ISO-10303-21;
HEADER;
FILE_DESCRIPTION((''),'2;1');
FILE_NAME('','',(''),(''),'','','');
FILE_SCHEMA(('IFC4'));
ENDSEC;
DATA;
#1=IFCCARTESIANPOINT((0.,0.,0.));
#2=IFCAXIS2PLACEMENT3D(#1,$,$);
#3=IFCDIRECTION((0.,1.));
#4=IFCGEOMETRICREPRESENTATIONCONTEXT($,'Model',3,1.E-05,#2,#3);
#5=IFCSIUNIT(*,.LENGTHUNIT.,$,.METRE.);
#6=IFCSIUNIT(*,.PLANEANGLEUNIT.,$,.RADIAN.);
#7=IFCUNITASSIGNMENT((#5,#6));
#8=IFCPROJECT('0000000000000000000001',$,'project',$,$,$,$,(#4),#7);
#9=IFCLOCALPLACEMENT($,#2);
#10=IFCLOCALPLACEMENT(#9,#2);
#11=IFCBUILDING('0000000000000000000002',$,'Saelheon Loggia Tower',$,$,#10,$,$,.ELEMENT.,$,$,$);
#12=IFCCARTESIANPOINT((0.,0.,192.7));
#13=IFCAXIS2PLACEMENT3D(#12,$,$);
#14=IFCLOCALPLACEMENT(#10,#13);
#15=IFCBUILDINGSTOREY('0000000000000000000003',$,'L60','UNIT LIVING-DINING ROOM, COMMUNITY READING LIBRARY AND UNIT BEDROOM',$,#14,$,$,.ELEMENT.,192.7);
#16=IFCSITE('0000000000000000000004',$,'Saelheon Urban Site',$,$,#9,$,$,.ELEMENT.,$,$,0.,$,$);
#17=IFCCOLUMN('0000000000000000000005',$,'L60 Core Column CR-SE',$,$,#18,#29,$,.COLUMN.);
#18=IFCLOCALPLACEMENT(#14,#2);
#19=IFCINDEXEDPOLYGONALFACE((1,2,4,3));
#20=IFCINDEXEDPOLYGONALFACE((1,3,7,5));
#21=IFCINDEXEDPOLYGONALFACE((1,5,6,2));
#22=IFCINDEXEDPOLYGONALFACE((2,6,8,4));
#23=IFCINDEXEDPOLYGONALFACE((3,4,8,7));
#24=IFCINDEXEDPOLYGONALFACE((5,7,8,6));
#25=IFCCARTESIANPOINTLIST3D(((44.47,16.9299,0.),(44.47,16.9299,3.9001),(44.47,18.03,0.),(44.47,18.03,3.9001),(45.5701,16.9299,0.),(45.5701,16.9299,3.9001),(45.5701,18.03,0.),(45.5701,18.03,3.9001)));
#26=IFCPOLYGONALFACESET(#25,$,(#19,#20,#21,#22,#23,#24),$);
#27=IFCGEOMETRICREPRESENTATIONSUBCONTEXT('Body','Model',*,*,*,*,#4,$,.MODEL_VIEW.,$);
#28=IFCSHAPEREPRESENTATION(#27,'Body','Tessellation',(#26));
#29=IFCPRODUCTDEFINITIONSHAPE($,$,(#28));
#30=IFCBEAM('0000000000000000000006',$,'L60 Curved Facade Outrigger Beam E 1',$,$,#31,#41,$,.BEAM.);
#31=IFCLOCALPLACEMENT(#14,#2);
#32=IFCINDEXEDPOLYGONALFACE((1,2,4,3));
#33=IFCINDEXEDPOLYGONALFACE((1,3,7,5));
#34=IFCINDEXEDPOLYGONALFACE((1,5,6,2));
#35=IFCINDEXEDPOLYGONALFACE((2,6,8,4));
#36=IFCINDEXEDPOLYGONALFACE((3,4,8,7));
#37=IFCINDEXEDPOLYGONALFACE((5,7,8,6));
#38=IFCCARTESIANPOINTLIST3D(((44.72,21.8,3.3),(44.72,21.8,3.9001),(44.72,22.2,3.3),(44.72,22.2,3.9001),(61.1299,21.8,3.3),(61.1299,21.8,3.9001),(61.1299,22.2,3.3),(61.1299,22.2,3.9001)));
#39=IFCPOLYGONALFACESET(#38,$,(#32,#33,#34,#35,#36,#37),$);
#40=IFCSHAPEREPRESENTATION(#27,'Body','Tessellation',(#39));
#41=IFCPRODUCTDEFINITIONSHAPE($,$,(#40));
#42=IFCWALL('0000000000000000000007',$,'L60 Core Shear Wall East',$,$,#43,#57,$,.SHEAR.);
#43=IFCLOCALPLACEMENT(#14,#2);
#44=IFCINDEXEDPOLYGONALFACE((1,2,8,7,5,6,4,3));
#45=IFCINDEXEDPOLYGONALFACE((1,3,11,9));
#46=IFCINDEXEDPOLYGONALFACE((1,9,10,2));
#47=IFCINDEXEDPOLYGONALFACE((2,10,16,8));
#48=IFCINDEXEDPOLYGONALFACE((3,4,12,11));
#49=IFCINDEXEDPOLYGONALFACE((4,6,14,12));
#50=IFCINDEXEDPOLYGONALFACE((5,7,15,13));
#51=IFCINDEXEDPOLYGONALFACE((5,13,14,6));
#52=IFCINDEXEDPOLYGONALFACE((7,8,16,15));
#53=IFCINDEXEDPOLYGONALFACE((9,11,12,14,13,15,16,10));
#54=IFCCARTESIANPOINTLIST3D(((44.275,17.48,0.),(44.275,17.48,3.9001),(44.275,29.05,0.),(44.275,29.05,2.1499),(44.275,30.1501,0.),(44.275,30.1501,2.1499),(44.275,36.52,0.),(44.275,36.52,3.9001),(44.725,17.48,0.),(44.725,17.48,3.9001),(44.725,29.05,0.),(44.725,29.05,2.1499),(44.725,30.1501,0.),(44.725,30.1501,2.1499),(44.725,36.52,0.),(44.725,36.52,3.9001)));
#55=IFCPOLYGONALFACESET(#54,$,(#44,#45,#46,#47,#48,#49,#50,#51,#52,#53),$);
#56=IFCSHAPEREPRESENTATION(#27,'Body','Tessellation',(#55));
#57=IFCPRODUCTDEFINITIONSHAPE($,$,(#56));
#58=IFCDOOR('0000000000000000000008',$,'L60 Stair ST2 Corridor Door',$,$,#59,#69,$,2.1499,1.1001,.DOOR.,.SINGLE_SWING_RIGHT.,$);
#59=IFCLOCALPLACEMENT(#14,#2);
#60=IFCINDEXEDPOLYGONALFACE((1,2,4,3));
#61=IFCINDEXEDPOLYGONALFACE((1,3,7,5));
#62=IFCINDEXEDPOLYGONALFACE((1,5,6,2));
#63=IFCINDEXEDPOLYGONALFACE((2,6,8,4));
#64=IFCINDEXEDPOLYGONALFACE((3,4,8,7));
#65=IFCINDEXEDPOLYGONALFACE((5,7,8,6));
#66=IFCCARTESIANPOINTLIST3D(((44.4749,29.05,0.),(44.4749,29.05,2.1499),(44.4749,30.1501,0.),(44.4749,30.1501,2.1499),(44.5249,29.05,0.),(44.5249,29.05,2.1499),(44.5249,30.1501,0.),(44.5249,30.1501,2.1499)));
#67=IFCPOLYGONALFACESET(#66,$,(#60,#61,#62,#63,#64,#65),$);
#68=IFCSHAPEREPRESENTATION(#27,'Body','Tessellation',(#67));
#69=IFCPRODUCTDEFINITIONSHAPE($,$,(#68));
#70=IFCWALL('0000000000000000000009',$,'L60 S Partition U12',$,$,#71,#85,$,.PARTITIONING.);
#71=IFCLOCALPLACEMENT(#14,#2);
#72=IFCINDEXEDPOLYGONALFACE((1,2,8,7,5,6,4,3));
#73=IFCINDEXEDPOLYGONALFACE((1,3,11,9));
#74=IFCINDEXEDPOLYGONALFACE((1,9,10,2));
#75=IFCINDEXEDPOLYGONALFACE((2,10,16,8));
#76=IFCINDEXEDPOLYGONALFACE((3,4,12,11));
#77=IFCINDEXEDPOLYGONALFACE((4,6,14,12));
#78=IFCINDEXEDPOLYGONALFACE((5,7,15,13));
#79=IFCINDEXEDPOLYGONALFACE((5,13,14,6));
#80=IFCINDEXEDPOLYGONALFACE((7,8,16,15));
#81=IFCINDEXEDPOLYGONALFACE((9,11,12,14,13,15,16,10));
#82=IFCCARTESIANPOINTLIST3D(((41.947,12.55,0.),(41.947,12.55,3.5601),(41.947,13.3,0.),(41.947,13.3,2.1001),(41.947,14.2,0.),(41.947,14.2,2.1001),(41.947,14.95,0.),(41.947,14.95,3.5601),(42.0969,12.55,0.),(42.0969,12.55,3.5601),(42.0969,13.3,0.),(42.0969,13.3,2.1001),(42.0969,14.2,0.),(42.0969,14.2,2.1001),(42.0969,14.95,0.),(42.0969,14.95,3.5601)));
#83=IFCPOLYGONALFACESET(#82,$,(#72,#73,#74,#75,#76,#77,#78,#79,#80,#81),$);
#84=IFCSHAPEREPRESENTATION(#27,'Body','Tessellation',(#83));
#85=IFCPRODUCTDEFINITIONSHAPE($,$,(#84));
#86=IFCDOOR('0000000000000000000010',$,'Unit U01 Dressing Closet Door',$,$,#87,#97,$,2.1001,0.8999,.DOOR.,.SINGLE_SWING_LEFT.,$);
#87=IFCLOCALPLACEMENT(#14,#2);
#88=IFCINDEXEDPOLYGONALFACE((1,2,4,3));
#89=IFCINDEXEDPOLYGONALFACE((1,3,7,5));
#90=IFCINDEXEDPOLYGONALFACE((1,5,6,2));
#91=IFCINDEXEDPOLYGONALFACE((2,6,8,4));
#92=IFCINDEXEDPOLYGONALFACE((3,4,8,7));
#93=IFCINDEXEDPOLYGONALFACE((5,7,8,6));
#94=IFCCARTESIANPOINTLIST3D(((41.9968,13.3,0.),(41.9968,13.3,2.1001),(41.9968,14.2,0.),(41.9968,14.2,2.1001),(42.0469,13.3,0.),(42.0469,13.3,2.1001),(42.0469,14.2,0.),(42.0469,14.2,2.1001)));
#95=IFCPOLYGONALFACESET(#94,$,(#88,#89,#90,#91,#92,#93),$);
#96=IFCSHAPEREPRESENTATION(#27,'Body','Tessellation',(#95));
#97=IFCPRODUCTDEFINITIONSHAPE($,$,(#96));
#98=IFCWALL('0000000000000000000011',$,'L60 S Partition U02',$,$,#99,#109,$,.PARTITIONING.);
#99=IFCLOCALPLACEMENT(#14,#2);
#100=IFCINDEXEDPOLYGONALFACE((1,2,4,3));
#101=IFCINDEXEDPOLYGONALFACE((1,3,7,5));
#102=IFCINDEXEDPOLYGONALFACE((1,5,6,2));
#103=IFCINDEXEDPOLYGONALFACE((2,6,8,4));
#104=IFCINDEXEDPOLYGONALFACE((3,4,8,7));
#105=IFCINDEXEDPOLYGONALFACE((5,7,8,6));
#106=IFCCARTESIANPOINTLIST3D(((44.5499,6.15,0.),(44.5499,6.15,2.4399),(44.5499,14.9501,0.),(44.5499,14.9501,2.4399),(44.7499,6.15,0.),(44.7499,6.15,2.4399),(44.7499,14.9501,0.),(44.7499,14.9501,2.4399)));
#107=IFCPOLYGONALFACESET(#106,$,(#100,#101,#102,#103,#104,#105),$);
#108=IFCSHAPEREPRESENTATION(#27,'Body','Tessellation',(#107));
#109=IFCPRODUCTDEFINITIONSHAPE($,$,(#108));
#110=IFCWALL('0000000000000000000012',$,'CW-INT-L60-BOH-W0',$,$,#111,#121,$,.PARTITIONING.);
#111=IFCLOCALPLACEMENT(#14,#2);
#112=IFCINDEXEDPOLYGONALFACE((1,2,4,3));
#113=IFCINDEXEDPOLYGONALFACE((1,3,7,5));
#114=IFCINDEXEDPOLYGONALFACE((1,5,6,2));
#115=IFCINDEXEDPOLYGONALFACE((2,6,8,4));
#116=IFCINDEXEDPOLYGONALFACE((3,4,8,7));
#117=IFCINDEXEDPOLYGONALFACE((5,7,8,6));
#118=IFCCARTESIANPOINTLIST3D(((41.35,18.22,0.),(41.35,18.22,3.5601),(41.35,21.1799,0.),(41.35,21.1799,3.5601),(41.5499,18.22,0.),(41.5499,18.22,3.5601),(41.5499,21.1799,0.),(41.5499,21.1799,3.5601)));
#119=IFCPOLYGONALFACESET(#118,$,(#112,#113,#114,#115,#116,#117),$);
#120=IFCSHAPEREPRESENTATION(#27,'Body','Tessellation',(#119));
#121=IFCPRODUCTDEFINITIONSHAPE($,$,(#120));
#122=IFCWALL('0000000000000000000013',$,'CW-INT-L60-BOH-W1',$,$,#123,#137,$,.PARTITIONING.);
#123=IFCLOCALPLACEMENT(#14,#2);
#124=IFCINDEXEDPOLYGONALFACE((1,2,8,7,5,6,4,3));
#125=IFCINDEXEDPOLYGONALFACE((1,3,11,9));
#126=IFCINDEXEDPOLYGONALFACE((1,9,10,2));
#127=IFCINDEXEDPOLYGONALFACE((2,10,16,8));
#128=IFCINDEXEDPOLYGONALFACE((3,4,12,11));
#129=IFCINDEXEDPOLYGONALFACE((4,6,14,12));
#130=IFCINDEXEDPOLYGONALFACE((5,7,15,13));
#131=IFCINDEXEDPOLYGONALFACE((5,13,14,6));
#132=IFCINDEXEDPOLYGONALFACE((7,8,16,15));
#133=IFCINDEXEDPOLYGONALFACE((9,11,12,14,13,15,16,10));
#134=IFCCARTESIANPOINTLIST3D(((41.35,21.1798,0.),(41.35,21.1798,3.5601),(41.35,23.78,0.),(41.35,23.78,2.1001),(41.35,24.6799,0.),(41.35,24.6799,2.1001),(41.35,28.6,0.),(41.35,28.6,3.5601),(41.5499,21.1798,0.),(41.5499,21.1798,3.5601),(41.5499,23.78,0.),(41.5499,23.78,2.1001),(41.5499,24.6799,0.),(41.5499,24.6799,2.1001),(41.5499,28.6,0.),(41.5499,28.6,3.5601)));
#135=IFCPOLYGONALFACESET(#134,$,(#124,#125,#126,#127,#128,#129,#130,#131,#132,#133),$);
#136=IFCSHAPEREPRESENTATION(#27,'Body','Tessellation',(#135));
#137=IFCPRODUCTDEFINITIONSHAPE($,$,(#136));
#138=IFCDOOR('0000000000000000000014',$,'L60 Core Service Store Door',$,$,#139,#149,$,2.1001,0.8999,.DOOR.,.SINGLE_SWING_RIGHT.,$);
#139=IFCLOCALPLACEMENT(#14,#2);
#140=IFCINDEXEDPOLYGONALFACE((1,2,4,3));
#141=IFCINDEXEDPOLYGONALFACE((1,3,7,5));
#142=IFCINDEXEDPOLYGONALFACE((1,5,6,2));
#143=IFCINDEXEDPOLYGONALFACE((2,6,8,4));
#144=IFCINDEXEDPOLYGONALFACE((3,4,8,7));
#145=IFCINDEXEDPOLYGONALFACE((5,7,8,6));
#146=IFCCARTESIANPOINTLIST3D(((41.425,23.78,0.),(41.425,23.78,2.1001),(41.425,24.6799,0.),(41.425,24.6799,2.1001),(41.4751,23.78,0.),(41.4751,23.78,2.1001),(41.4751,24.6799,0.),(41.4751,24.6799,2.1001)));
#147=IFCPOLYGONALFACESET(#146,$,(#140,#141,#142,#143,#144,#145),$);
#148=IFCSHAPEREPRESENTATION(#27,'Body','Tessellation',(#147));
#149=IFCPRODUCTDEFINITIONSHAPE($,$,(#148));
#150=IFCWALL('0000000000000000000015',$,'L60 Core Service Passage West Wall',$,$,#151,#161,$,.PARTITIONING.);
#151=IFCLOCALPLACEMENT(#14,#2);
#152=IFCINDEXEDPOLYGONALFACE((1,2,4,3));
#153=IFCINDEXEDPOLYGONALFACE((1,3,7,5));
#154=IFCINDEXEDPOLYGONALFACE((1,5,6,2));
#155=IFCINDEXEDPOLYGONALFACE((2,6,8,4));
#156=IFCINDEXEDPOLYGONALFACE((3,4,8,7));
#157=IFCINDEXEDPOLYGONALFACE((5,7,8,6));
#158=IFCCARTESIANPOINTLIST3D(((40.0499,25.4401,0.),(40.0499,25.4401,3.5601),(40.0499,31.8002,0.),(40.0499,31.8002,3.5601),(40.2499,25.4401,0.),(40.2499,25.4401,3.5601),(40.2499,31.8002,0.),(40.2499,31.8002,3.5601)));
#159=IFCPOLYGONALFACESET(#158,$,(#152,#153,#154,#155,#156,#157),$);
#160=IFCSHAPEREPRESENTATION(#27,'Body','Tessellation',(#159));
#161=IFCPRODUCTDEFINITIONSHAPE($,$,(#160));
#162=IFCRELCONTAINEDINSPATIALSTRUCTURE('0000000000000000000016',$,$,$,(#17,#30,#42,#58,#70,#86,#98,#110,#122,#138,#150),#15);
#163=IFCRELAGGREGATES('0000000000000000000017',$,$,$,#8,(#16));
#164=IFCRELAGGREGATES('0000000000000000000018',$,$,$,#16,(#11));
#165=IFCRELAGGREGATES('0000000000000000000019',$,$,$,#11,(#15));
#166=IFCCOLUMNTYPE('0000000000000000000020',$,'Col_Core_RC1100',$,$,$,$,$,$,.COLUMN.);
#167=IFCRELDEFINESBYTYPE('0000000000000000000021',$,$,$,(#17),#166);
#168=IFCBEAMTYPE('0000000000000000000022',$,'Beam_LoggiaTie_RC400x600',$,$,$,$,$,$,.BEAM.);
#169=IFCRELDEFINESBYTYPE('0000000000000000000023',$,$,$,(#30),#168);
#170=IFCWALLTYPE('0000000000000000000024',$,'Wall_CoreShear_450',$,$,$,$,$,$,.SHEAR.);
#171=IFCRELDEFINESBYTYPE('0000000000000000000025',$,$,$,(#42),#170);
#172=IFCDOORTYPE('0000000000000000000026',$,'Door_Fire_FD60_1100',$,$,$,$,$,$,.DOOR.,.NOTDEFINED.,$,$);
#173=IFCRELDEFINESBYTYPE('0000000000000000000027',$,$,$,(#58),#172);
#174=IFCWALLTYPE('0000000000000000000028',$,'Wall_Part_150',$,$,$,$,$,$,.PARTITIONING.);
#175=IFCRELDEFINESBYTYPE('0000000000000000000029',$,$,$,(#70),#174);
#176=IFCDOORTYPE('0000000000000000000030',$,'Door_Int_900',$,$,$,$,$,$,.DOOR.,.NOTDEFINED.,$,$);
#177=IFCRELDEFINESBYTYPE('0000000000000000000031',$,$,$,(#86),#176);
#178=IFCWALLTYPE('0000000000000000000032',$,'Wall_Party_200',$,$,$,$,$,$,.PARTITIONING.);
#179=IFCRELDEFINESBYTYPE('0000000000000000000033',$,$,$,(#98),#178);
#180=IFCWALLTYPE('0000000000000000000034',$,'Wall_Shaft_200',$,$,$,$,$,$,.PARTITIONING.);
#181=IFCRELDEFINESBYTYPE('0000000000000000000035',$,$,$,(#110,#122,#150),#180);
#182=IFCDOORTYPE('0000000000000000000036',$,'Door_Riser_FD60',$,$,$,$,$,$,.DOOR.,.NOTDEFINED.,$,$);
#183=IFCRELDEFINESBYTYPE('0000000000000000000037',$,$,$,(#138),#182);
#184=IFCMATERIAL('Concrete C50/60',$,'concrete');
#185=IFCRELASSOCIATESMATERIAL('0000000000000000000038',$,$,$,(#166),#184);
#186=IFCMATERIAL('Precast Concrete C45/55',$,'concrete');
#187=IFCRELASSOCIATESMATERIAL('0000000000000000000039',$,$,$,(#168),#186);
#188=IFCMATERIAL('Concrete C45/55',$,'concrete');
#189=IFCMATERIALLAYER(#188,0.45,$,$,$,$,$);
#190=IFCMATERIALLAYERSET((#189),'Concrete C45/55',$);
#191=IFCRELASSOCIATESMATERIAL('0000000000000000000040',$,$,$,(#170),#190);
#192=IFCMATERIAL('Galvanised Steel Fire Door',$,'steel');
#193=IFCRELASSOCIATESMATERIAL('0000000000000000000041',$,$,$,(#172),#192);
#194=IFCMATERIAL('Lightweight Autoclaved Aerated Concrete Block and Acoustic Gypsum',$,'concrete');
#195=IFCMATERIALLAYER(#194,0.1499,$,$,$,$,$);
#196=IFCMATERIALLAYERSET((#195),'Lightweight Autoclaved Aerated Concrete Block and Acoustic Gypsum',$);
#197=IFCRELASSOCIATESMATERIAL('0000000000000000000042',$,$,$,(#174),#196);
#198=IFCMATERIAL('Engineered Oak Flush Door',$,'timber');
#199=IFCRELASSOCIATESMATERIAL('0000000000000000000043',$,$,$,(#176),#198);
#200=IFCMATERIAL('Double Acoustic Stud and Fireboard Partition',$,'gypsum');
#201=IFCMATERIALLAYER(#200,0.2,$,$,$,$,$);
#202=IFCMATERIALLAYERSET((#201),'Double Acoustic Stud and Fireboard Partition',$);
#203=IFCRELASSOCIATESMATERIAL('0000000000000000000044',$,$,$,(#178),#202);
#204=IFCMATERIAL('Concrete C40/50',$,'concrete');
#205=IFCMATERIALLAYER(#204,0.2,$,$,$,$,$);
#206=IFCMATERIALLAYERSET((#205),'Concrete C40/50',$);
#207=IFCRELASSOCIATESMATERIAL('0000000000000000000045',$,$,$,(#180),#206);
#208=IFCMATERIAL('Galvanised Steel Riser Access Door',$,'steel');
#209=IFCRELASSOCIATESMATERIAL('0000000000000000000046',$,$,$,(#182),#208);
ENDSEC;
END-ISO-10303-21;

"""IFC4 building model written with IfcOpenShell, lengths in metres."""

from ifc_helpers import new_model, si_unit, direction, frame, frame_2d, origin, origin_2d, place, context, subcontext, project, spatial, rectangle, extrude, source, transform, mapped, material, layer, layer_set, material_profile, profile_set, type_object, element, fill, save


model = new_model("IFC4")

# Units and contexts
model_context = context("Model", 3, precision=1e-05, world=origin(), true_north=direction((0.0, 1.0)))
body_context = subcontext(model_context, "Body", "Model", "MODEL_VIEW")
ifc_project = project(units=[si_unit("LENGTHUNIT", "METRE"), si_unit("PLANEANGLEUNIT", "RADIAN")], contexts=[model_context])

# Site, building, storey
site_placement = place(None, origin())
site = spatial("IfcSite", under=ifc_project, at=site_placement, Name="Saelheon Urban Site", CompositionType="ELEMENT", RefElevation=0.0)
building_placement = place(site_placement, origin())
building = spatial("IfcBuilding", under=site, at=building_placement, Name="Saelheon Loggia Tower", CompositionType="ELEMENT")
storey_placement = place(building_placement, frame((0.0, 0.0, 192.7)))
storey = spatial("IfcBuildingStorey", under=building, at=storey_placement, Name="L60", Description="UNIT LIVING-DINING ROOM, COMMUNITY READING LIBRARY AND UNIT BEDROOM", CompositionType="ELEMENT", Elevation=192.7)

# Column
ifc_material_1 = material(Name="Concrete C50/60", Category="concrete")
ifc_material_profile_1 = material_profile(ifc_material_1, rectangle(XDim=1.1001, YDim=1.1001, at=origin_2d()), Name="RC-1100x1100")
ifc_profile_set_1 = profile_set([ifc_material_profile_1], Name="Concrete C50/60")
column_type = type_object("IfcColumnType", Name="Col_Core_RC1100", PredefinedType="COLUMN", material=ifc_profile_set_1)
shared_shape_1 = source(origin(), body_context, "Body", "SweptSolid", [
    extrude(rectangle(XDim=1.1001, YDim=1.1001, at=origin_2d()), origin(), (0.0, 0.0, 1.0), 3.9001),
])
column_placement = place(storey_placement, frame((45.02, 17.48, 0.0), z_axis=(0.0, 0.0, 1.0), x_axis=(1.0, 0.0, 0.0)))
element("IfcColumn", 1, at=column_placement, inside=storey, type_object=column_type, Name="L60 Core Column CR-SE", PredefinedType="COLUMN", context=body_context, shape_type="MappedRepresentation", body=[
    mapped(shared_shape_1, transform((0.0, 0.0, 0.0), scale=1.0)),
])

# Beam
ifc_material_2 = material(Name="Precast Concrete C45/55", Category="concrete")
ifc_material_profile_2 = material_profile(ifc_material_2, rectangle(XDim=0.3999, YDim=0.6001, at=origin_2d()), Name="RC-400x600")
ifc_profile_set_2 = profile_set([ifc_material_profile_2], Name="Precast Concrete C45/55")
beam_type = type_object("IfcBeamType", Name="Beam_LoggiaTie_RC400x600", PredefinedType="BEAM", material=ifc_profile_set_2)
shared_shape_2 = source(origin(), body_context, "Body", "SweptSolid", [
    extrude(rectangle(XDim=0.3999, YDim=0.6001, at=origin_2d()), origin(), (0.0, 0.0, 1.0), 16.4099),
])
beam_placement = place(storey_placement, frame((44.72, 22.0, 3.6001), z_axis=(1.0, 0.0, 0.0), x_axis=(0.0, 1.0, 0.0)))
element("IfcBeam", 2, at=beam_placement, inside=storey, type_object=beam_type, Name="L60 Curved Facade Outrigger Beam E 1", PredefinedType="BEAM", context=body_context, shape_type="MappedRepresentation", body=[
    mapped(shared_shape_2, transform((0.0, 0.0, 0.0), scale=1.0)),
])

# Walls, openings, doors
ifc_material_3 = material(Name="Concrete C45/55", Category="concrete")
ifc_layer_1 = layer(ifc_material_3, 0.45)
ifc_layer_set_1 = layer_set([ifc_layer_1], Name="Concrete C45/55")
wall_type_1 = type_object("IfcWallType", Name="Wall_CoreShear_450", PredefinedType="SHEAR", material=ifc_layer_set_1)
wall_1_placement = place(storey_placement, frame((44.5, 17.48, 0.0), z_axis=(0.0, 0.0, 1.0), x_axis=(0.0, 1.0, 0.0)))
wall_1 = element("IfcWall", 3, at=wall_1_placement, inside=storey, type_object=wall_type_1, Name="L60 Core Shear Wall East", PredefinedType="SHEAR", context=body_context, shape_type="SweptSolid", body=[
    extrude(rectangle(XDim=19.04, YDim=0.45, at=frame_2d((9.52, 0.0))), origin(), (0.0, 0.0, 1.0), 3.9001),
])
opening_1_placement = place(wall_1_placement, frame((12.6702, 0.0, 0.0), z_axis=(0.0, 0.0, 1.0), x_axis=(-1.0, 0.0, 0.0)))
opening_1 = element("IfcOpeningElement", 4, at=opening_1_placement, cuts=wall_1, PredefinedType="OPENING", context=body_context, shape_type="SweptSolid", body=[
    extrude(rectangle(XDim=1.1001, YDim=2.1499, at=frame_2d((0.55, 1.075))), frame((0.0, 0.2371, 0.0), z_axis=(0.0, -1.0, 0.0), x_axis=(1.0, 0.0, 0.0)), (0.0, 0.0, 1.0), 0.4739),
])
ifc_material_4 = material(Name="Galvanised Steel Fire Door", Category="steel")
door_type_1 = type_object("IfcDoorType", Name="Door_Fire_FD60_1100", OperationType="NOTDEFINED", PredefinedType="DOOR", material=ifc_material_4)
shared_shape_3 = source(origin(), body_context, "Body", "SweptSolid", [
    extrude(rectangle(XDim=1.1001, YDim=2.1499, at=frame_2d((0.55, 1.075))), frame((0.0, 0.0249, 0.0), z_axis=(0.0, -1.0, 0.0), x_axis=(1.0, 0.0, 0.0)), (0.0, 0.0, 1.0), 0.05),
])
door_1_placement = place(opening_1_placement, origin())
door_1 = element("IfcDoor", 5, at=door_1_placement, inside=storey, type_object=door_type_1, Name="L60 Stair ST2 Corridor Door", OperationType="SINGLE_SWING_RIGHT", OverallHeight=2.1499, OverallWidth=1.1001, PredefinedType="DOOR", context=body_context, shape_type="MappedRepresentation", body=[
    mapped(shared_shape_3, transform((0.0, 0.0, 0.0), scale=1.0)),
])
fill(opening_1, door_1)
ifc_material_5 = material(Name="Lightweight Autoclaved Aerated Concrete Block and Acoustic Gypsum", Category="concrete")
ifc_layer_2 = layer(ifc_material_5, 0.1499)
ifc_layer_set_2 = layer_set([ifc_layer_2], Name="Lightweight Autoclaved Aerated Concrete Block and Acoustic Gypsum")
wall_type_2 = type_object("IfcWallType", Name="Wall_Part_150", PredefinedType="PARTITIONING", material=ifc_layer_set_2)
wall_2_placement = place(storey_placement, frame((42.022, 14.95, 0.0), z_axis=(0.0, 0.0, 1.0), x_axis=(0.0, -1.0, 0.0)))
wall_2 = element("IfcWall", 6, at=wall_2_placement, inside=storey, type_object=wall_type_2, Name="L60 S Partition U12", PredefinedType="PARTITIONING", context=body_context, shape_type="SweptSolid", body=[
    extrude(rectangle(XDim=2.3999, YDim=0.1499, at=frame_2d((1.2, 0.0))), origin(), (0.0, 0.0, 1.0), 3.5601),
])
opening_2_placement = place(wall_2_placement, frame((0.75, 0.0, 0.0)))
opening_2 = element("IfcOpeningElement", 7, at=opening_2_placement, cuts=wall_2, PredefinedType="OPENING", context=body_context, shape_type="SweptSolid", body=[
    extrude(rectangle(XDim=0.8999, YDim=2.1001, at=frame_2d((0.45, 1.05))), frame((0.0, 0.0869, 0.0), z_axis=(0.0, -1.0, 0.0), x_axis=(1.0, 0.0, 0.0)), (0.0, 0.0, 1.0), 0.1738),
])
ifc_material_6 = material(Name="Engineered Oak Flush Door", Category="timber")
door_type_2 = type_object("IfcDoorType", Name="Door_Int_900", OperationType="NOTDEFINED", PredefinedType="DOOR", material=ifc_material_6)
shared_shape_4 = source(origin(), body_context, "Body", "SweptSolid", [
    extrude(rectangle(XDim=0.8999, YDim=2.1001, at=frame_2d((0.45, 1.05))), frame((0.0, 0.0249, 0.0), z_axis=(0.0, -1.0, 0.0), x_axis=(1.0, 0.0, 0.0)), (0.0, 0.0, 1.0), 0.05),
])
door_2_placement = place(opening_2_placement, origin())
door_2 = element("IfcDoor", 8, at=door_2_placement, inside=storey, type_object=door_type_2, Name="Unit U01 Dressing Closet Door", OperationType="SINGLE_SWING_LEFT", OverallHeight=2.1001, OverallWidth=0.8999, PredefinedType="DOOR", context=body_context, shape_type="MappedRepresentation", body=[
    mapped(shared_shape_4, transform((0.0, 0.0, 0.0), scale=1.0)),
])
fill(opening_2, door_2)

# Walls
ifc_material_7 = material(Name="Double Acoustic Stud and Fireboard Partition", Category="gypsum")
ifc_layer_3 = layer(ifc_material_7, 0.2)
ifc_layer_set_3 = layer_set([ifc_layer_3], Name="Double Acoustic Stud and Fireboard Partition")
wall_type_3 = type_object("IfcWallType", Name="Wall_Party_200", PredefinedType="PARTITIONING", material=ifc_layer_set_3)
wall_3_placement = place(storey_placement, frame((44.6499, 14.95, 0.0), z_axis=(0.0, 0.0, 1.0), x_axis=(0.0, -1.0, 0.0)))
element("IfcWall", 9, at=wall_3_placement, inside=storey, type_object=wall_type_3, Name="L60 S Partition U02", PredefinedType="PARTITIONING", context=body_context, shape_type="SweptSolid", body=[
    extrude(rectangle(XDim=8.8, YDim=0.2, at=frame_2d((4.3999, 0.0))), origin(), (0.0, 0.0, 1.0), 2.4399),
])
ifc_material_8 = material(Name="Concrete C40/50", Category="concrete")
ifc_layer_4 = layer(ifc_material_8, 0.2)
ifc_layer_set_4 = layer_set([ifc_layer_4], Name="Concrete C40/50")
wall_type_4 = type_object("IfcWallType", Name="Wall_Shaft_200", PredefinedType="PARTITIONING", material=ifc_layer_set_4)
wall_4_placement = place(storey_placement, frame((41.45, 18.22, 0.0), z_axis=(0.0, 0.0, 1.0), x_axis=(0.0, 1.0, 0.0)))
element("IfcWall", 10, at=wall_4_placement, inside=storey, type_object=wall_type_4, Name="CW-INT-L60-BOH-W0", PredefinedType="PARTITIONING", context=body_context, shape_type="SweptSolid", body=[
    extrude(rectangle(XDim=2.96, YDim=0.2, at=frame_2d((1.48, 0.0))), origin(), (0.0, 0.0, 1.0), 3.5601),
])

# Wall, opening, door
wall_5_placement = place(storey_placement, frame((41.45, 21.1799, 0.0), z_axis=(0.0, 0.0, 1.0), x_axis=(0.0, 1.0, 0.0)))
wall_5 = element("IfcWall", 11, at=wall_5_placement, inside=storey, type_object=wall_type_4, Name="CW-INT-L60-BOH-W1", PredefinedType="PARTITIONING", context=body_context, shape_type="SweptSolid", body=[
    extrude(rectangle(XDim=7.4202, YDim=0.2, at=frame_2d((3.71, 0.0))), origin(), (0.0, 0.0, 1.0), 3.5601),
])
opening_3_placement = place(wall_5_placement, frame((2.6001, 0.0, 0.0)))
opening_3 = element("IfcOpeningElement", 12, at=opening_3_placement, cuts=wall_5, PredefinedType="OPENING", context=body_context, shape_type="SweptSolid", body=[
    extrude(rectangle(XDim=0.8999, YDim=2.1001, at=frame_2d((0.45, 1.05))), frame((0.0, 0.1121, 0.0), z_axis=(0.0, -1.0, 0.0), x_axis=(1.0, 0.0, 0.0)), (0.0, 0.0, 1.0), 0.2239),
])
ifc_material_9 = material(Name="Galvanised Steel Riser Access Door", Category="steel")
door_type_3 = type_object("IfcDoorType", Name="Door_Riser_FD60", OperationType="NOTDEFINED", PredefinedType="DOOR", material=ifc_material_9)
door_3_placement = place(opening_3_placement, origin())
door_3 = element("IfcDoor", 13, at=door_3_placement, inside=storey, type_object=door_type_3, Name="L60 Core Service Store Door", OperationType="SINGLE_SWING_RIGHT", OverallHeight=2.1001, OverallWidth=0.8999, PredefinedType="DOOR", context=body_context, shape_type="MappedRepresentation", body=[
    mapped(shared_shape_4, transform((0.0, 0.0, 0.0), scale=1.0)),
])
fill(opening_3, door_3)

# Wall
wall_6_placement = place(storey_placement, frame((40.1499, 25.4399, 0.0), z_axis=(0.0, 0.0, 1.0), x_axis=(0.0, 1.0, 0.0)))
element("IfcWall", 14, at=wall_6_placement, inside=storey, type_object=wall_type_4, Name="L60 Core Service Passage West Wall", PredefinedType="PARTITIONING", context=body_context, shape_type="SweptSolid", body=[
    extrude(rectangle(XDim=6.3601, YDim=0.2, at=frame_2d((3.1802, 0.0))), origin(), (0.0, 0.0, 1.0), 3.5601),
])

save(model, "model.ifc")
